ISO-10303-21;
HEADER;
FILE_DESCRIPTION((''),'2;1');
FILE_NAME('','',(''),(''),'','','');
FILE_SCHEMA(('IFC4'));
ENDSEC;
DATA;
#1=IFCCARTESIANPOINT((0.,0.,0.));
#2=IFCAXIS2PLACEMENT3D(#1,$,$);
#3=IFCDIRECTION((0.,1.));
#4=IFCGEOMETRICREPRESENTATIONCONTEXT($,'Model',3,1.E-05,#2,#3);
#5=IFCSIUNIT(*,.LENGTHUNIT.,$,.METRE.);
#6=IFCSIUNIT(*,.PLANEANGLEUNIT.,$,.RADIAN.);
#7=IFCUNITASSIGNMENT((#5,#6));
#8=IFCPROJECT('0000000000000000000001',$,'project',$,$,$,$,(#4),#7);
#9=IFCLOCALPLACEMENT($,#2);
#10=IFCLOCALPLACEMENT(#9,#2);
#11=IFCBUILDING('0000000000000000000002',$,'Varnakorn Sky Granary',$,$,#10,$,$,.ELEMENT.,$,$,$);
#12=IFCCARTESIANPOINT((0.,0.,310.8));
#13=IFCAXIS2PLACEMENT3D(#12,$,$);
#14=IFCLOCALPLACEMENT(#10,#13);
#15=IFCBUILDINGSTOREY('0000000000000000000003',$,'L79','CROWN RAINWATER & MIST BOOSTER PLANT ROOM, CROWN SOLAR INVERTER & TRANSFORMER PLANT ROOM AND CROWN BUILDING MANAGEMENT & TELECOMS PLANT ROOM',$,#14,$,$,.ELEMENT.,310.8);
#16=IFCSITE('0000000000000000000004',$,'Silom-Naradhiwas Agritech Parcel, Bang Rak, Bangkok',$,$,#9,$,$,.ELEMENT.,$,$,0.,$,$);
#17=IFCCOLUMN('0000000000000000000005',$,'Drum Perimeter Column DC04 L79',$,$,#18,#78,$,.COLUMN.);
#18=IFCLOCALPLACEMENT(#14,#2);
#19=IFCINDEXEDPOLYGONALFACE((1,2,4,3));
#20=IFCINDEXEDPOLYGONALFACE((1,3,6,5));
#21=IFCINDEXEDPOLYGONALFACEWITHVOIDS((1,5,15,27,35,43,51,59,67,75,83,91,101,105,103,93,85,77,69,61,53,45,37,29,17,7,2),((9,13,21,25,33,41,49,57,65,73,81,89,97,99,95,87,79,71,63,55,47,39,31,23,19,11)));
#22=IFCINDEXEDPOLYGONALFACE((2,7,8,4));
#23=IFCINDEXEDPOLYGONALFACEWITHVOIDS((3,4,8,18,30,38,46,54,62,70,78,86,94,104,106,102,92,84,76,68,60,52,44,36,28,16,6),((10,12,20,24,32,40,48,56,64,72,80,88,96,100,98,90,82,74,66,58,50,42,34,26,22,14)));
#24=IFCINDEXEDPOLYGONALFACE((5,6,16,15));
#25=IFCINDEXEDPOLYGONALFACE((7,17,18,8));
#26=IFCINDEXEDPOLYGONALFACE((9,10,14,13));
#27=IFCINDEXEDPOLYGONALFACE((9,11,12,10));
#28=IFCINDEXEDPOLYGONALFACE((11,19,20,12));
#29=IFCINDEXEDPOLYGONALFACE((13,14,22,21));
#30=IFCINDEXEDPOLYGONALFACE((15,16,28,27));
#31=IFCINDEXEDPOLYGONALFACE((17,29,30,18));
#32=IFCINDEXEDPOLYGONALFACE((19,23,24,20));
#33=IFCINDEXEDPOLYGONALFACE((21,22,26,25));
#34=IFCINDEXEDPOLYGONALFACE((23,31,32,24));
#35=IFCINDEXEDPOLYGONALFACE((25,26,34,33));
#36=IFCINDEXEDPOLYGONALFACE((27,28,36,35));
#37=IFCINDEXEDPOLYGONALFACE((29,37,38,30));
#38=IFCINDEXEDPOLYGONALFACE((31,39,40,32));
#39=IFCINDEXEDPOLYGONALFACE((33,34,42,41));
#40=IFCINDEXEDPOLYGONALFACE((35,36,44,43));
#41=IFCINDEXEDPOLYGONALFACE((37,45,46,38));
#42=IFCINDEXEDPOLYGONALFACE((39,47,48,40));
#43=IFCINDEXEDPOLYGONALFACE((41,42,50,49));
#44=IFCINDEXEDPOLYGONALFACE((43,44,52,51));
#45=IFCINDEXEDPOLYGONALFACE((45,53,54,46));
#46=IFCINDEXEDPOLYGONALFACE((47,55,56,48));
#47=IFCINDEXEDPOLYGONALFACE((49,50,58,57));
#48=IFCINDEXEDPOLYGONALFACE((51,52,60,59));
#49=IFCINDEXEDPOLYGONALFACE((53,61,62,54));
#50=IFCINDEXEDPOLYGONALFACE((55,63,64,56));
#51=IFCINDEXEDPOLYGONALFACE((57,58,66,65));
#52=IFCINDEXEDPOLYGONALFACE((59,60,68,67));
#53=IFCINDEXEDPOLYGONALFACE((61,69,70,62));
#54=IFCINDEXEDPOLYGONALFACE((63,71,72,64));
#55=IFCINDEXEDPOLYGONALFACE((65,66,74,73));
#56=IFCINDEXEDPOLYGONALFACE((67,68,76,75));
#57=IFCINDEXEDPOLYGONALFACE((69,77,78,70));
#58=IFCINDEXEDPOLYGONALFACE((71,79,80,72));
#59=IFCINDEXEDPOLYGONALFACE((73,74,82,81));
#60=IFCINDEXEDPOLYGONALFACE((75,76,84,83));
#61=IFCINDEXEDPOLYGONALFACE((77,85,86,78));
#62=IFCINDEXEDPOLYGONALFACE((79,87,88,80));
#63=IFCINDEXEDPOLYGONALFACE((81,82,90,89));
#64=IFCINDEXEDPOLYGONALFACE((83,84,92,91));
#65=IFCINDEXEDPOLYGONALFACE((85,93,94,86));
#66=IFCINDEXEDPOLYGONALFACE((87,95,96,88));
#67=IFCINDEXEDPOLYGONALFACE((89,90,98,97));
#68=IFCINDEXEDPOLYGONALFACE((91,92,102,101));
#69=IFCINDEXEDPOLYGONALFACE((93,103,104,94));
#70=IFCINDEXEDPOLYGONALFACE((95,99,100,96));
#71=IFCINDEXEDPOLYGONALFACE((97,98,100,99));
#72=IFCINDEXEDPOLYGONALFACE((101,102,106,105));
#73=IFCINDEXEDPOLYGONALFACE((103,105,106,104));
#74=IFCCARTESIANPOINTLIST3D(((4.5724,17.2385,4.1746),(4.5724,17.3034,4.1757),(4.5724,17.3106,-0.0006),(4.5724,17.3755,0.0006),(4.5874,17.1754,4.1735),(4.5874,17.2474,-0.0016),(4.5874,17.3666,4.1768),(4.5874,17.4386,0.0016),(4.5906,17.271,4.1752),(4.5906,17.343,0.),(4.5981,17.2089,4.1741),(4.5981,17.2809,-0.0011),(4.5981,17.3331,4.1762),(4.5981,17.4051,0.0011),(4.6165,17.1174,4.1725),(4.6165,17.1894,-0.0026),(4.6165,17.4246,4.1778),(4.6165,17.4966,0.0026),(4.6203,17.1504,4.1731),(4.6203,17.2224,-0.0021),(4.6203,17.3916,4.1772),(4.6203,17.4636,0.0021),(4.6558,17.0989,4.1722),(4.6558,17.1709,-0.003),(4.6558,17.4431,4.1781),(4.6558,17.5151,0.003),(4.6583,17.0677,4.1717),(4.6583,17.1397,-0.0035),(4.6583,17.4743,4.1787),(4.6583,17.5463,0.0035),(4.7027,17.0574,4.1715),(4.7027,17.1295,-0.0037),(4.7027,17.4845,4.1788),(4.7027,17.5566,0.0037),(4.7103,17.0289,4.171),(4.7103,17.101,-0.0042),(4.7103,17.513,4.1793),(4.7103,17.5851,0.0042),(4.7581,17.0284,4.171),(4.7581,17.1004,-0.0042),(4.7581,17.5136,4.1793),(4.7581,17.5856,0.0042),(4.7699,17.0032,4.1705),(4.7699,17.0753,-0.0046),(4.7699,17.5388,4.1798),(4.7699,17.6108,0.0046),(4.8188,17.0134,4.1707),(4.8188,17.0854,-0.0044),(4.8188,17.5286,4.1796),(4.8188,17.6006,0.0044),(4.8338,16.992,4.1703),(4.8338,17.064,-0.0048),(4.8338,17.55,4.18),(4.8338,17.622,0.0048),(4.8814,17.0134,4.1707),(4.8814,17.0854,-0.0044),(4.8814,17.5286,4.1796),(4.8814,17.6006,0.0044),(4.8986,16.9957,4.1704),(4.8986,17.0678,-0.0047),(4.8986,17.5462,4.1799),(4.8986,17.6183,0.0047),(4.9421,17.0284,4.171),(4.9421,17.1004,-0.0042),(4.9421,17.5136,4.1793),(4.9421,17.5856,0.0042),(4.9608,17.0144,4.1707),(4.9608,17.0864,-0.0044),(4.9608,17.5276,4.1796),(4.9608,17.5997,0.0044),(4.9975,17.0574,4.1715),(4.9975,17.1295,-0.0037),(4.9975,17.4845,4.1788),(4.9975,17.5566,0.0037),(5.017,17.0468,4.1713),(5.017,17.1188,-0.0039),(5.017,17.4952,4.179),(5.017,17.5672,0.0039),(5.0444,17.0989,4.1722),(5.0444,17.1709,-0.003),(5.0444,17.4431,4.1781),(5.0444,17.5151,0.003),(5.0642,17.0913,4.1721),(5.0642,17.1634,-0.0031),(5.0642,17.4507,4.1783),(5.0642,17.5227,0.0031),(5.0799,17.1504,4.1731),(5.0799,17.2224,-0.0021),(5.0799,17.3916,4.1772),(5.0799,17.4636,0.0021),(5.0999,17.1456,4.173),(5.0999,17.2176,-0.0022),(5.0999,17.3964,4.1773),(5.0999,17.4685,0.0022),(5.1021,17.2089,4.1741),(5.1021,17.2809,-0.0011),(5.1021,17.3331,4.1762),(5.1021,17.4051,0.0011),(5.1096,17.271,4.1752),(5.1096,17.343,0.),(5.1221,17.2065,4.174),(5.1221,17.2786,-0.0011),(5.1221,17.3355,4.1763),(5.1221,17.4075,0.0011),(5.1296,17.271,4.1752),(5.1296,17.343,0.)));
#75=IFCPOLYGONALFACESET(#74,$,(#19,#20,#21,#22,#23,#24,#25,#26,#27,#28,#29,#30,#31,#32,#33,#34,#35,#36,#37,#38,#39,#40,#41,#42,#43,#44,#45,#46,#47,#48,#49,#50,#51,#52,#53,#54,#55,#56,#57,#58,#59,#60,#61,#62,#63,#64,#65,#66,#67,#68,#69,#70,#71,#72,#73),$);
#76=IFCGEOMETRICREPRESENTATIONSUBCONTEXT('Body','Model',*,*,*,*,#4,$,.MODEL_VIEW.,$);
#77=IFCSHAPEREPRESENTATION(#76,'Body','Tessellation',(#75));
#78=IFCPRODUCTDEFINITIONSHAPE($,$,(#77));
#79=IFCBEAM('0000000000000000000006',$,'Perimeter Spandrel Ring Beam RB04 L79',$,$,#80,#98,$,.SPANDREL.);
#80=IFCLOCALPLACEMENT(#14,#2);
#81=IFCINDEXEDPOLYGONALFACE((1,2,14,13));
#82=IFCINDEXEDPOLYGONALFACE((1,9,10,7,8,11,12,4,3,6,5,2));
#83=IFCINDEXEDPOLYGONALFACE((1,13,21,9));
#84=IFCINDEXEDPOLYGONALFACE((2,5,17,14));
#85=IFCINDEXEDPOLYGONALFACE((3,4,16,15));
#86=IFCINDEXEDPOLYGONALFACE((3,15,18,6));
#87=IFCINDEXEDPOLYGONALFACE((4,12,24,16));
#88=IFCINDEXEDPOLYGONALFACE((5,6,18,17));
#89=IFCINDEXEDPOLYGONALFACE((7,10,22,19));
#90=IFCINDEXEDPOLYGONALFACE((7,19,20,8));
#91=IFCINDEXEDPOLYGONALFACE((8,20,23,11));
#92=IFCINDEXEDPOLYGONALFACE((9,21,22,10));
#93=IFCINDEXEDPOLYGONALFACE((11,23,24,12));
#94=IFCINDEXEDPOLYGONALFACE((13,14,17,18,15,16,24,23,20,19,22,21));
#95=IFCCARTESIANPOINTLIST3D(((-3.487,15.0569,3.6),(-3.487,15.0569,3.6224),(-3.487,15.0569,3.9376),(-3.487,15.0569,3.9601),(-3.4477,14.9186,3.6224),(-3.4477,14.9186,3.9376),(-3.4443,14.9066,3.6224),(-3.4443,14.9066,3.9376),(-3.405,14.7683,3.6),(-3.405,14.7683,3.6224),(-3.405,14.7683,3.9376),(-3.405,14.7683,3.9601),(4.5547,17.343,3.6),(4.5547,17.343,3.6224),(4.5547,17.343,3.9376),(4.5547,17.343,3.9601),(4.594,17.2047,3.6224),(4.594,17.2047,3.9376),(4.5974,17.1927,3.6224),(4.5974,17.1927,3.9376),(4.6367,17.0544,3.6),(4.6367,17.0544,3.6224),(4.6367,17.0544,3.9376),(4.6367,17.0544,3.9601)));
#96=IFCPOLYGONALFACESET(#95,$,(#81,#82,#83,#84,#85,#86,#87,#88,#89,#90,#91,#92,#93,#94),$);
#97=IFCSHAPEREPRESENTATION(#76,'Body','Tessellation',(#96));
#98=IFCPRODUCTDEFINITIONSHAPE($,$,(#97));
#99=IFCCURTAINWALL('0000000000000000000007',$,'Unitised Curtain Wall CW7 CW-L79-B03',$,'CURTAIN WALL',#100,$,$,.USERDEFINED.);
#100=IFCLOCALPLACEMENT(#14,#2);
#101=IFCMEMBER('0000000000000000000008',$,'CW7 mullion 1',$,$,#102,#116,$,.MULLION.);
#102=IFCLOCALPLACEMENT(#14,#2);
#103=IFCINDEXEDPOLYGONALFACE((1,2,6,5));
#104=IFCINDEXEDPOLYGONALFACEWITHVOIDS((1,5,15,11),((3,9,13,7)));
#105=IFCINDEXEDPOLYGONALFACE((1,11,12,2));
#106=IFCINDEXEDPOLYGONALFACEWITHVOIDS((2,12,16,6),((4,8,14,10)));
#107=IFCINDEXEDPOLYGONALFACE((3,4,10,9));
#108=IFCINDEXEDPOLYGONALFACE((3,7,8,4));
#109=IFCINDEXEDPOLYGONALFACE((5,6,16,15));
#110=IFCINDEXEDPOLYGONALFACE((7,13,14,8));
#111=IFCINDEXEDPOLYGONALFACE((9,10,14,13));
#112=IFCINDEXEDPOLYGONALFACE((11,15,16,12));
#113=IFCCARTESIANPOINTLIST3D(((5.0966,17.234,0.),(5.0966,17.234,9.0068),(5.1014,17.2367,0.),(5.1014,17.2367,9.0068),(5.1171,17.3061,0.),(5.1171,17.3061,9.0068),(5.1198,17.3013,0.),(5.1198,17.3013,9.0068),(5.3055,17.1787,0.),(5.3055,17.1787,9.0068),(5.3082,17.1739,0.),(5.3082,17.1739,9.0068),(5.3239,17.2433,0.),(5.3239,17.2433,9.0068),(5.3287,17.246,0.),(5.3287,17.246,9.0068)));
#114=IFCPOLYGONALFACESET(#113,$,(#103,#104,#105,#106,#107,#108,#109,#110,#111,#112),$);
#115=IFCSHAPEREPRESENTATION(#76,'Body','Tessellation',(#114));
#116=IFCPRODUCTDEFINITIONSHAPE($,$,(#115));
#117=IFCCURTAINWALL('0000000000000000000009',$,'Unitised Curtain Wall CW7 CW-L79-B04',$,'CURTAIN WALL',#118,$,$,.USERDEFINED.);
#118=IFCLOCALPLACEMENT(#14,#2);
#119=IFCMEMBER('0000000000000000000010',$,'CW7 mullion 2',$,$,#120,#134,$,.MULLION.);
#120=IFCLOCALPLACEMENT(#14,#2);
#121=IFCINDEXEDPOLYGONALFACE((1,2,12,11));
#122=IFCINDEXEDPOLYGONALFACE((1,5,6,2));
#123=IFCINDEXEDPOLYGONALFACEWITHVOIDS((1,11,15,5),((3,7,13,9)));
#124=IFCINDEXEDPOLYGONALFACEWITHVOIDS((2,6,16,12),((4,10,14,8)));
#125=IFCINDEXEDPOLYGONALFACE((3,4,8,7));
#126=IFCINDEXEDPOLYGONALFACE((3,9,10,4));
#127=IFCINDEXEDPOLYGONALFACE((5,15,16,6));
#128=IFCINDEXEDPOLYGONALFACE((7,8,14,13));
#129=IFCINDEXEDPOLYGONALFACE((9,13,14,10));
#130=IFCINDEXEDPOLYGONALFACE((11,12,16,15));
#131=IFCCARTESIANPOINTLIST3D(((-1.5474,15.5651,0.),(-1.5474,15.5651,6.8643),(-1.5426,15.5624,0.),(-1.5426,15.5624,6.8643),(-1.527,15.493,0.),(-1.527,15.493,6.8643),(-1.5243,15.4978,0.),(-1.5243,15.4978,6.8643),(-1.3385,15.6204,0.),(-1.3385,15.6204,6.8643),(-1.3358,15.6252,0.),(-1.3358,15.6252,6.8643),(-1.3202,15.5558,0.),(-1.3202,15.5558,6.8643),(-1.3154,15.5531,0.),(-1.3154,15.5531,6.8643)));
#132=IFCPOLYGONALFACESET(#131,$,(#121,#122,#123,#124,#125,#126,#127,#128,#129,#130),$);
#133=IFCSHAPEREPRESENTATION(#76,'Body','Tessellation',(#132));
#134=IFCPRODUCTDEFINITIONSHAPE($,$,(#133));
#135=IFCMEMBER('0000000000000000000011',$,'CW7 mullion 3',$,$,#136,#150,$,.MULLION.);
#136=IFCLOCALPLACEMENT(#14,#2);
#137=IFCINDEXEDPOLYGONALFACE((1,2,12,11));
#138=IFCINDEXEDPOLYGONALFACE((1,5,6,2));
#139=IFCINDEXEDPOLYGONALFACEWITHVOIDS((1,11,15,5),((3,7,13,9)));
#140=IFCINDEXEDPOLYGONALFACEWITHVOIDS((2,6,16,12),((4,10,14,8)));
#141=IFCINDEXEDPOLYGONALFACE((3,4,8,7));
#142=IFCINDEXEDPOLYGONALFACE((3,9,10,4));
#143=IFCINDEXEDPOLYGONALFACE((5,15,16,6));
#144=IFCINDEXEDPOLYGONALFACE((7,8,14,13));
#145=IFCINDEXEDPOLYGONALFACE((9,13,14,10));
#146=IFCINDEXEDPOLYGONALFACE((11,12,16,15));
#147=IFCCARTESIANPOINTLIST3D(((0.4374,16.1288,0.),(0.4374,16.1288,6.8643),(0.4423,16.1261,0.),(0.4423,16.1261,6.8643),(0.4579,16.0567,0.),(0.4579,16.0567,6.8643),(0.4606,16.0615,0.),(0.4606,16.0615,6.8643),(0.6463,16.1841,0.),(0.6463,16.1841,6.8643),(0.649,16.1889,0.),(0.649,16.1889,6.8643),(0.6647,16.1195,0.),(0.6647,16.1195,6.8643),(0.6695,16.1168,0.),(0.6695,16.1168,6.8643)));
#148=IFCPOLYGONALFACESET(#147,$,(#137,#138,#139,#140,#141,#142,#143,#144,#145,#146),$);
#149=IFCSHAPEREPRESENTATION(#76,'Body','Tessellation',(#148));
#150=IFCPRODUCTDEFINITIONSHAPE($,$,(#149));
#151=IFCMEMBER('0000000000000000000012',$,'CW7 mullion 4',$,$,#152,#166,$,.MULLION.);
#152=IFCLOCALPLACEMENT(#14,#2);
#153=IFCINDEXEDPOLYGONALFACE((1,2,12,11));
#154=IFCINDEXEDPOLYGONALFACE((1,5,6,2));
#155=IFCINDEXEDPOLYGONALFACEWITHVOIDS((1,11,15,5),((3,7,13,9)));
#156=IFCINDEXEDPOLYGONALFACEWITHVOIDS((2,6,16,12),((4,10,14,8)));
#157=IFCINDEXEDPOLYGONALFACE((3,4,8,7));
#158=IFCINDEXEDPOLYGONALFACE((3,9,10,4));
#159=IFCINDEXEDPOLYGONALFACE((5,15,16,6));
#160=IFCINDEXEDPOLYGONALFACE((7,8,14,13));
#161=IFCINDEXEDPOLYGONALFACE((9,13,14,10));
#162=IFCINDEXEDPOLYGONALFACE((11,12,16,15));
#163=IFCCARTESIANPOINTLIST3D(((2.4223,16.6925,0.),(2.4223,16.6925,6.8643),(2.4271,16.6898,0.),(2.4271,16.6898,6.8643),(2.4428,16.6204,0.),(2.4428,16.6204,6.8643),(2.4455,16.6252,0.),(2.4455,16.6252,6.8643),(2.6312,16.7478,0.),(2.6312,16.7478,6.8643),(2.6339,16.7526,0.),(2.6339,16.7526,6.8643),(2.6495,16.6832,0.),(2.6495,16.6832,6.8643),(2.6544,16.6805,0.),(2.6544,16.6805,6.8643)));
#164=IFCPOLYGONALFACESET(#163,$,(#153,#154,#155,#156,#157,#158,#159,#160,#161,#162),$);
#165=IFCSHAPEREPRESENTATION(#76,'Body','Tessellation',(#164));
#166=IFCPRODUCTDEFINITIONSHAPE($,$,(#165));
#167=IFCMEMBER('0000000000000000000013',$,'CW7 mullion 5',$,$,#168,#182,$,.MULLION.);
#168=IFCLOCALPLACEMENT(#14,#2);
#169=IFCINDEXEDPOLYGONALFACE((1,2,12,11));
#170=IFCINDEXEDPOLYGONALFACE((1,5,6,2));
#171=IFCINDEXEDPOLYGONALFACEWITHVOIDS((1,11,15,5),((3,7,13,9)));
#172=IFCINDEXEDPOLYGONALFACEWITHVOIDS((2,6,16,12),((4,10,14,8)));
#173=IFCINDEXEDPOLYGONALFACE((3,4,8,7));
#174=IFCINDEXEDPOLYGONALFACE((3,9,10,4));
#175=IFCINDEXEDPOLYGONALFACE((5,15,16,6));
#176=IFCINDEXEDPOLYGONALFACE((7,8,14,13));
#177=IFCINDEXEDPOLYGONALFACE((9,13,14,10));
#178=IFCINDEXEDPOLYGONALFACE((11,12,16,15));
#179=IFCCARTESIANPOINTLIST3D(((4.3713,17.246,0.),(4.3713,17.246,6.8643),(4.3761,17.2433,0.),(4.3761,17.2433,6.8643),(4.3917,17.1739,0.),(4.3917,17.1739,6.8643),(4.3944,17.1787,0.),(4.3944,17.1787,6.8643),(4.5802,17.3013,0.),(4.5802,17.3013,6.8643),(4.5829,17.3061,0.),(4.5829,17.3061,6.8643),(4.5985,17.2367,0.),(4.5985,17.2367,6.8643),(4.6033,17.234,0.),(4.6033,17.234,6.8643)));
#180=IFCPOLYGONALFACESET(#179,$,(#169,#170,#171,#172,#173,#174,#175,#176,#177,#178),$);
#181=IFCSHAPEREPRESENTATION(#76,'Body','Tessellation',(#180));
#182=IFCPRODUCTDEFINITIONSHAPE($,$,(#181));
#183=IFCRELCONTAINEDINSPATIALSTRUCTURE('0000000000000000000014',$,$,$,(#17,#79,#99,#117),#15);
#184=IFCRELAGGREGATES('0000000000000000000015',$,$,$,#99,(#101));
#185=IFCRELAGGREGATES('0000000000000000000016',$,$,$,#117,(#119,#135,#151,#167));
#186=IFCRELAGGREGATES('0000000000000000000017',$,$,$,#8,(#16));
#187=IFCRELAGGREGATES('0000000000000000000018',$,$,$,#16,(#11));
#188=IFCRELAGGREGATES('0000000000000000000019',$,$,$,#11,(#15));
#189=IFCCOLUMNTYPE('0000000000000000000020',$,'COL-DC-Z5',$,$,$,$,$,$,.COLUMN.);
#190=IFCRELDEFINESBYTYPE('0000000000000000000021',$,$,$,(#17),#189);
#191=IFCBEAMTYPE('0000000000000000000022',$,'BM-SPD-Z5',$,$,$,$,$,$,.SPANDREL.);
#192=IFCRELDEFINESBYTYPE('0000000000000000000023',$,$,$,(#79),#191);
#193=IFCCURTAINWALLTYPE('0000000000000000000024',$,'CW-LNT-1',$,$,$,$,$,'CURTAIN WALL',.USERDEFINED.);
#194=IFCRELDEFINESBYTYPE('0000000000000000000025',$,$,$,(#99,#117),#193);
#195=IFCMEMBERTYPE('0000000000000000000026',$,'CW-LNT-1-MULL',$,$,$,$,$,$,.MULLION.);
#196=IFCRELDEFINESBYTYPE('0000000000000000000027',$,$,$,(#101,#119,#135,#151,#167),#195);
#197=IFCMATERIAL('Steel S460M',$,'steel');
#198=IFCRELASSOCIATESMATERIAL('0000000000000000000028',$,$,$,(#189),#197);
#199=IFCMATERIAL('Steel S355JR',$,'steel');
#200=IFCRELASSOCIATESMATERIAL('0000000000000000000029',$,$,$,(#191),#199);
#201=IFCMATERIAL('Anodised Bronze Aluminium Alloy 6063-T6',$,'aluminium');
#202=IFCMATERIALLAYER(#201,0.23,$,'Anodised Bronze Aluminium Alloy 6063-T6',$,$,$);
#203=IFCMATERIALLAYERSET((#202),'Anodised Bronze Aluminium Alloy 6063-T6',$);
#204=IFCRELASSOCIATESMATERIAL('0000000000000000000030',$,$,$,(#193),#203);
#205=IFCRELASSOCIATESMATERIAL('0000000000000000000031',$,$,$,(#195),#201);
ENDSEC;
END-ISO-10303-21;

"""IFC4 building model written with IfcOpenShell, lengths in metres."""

from ifc_helpers import new_model, si_unit, direction, frame, origin, origin_2d, place, context, subcontext, project, spatial, hollow_rectangle, hollow_circle, i_section, extrude, material, layer, layer_set, material_profile, profile_set, type_object, element, aggregate, save


model = new_model("IFC4")

# Units and contexts
model_context = context("Model", 3, precision=1e-05, world=origin(), true_north=direction((0.0, 1.0)))
body_context = subcontext(model_context, "Body", "Model", "MODEL_VIEW")
ifc_project = project(units=[si_unit("LENGTHUNIT", "METRE"), si_unit("PLANEANGLEUNIT", "RADIAN")], contexts=[model_context])

# Site, building, storey
site_placement = place(None, origin())
site = spatial("IfcSite", under=ifc_project, at=site_placement, Name="Silom-Naradhiwas Agritech Parcel, Bang Rak, Bangkok", CompositionType="ELEMENT", RefElevation=0.0)
building_placement = place(site_placement, origin())
building = spatial("IfcBuilding", under=site, at=building_placement, Name="Varnakorn Sky Granary", CompositionType="ELEMENT")
storey_placement = place(building_placement, frame((0.0, 0.0, 310.8)))
storey = spatial("IfcBuildingStorey", under=building, at=storey_placement, Name="L79", Description="CROWN RAINWATER & MIST BOOSTER PLANT ROOM, CROWN SOLAR INVERTER & TRANSFORMER PLANT ROOM AND CROWN BUILDING MANAGEMENT & TELECOMS PLANT ROOM", CompositionType="ELEMENT", Elevation=310.8)

# Column
ifc_material_1 = material(Name="Steel S460M", Category="steel")
ifc_material_profile_1 = material_profile(ifc_material_1, hollow_circle(Radius=0.2795, WallThickness=0.02, at=origin_2d()), Name="CHS 559x20")
ifc_profile_set_1 = profile_set([ifc_material_profile_1], Name="Steel S460M")
column_type = type_object("IfcColumnType", Name="COL-DC-Z5", PredefinedType="COLUMN", material=ifc_profile_set_1)
column_placement = place(storey_placement, frame((4.8501, 17.343, 0.0), z_axis=(0.0, -0.017248, 0.999851), x_axis=(1.0, 0.0, 0.0)))
element("IfcColumn", 1, at=column_placement, inside=storey, type_object=column_type, Name="Drum Perimeter Column DC04 L79", PredefinedType="COLUMN", context=body_context, shape_type="SweptSolid", body=[
    extrude(hollow_circle(Radius=0.2795, WallThickness=0.02, at=origin_2d()), origin(), (0.0, 0.0, 1.0), 4.1758),
])

# Beam
ifc_material_2 = material(Name="Steel S355JR", Category="steel")
ifc_material_profile_2 = material_profile(ifc_material_2, i_section(OverallWidth=0.3, OverallDepth=0.3601, WebThickness=0.0125, FlangeThickness=0.0225, at=origin_2d()), Name="HE 360 B")
ifc_profile_set_2 = profile_set([ifc_material_profile_2], Name="Steel S355JR")
beam_type = type_object("IfcBeamType", Name="BM-SPD-Z5", PredefinedType="SPANDREL", material=ifc_profile_set_2)
beam_placement = place(storey_placement, frame((4.5957, 17.1987, 3.78), z_axis=(-0.961887, -0.273448, 0.0), x_axis=(0.273448, -0.961887, 0.0)))
element("IfcBeam", 2, at=beam_placement, inside=storey, type_object=beam_type, Name="Perimeter Spandrel Ring Beam RB04 L79", PredefinedType="SPANDREL", context=body_context, shape_type="SweptSolid", body=[
    extrude(i_section(OverallWidth=0.3, OverallDepth=0.3601, WebThickness=0.0125, FlangeThickness=0.0225, at=origin_2d()), origin(), (0.0, 0.0, 1.0), 8.3604),
])

# Curtain wall, member
ifc_material_3 = material(Name="Anodised Bronze Aluminium Alloy 6063-T6", Category="aluminium")
ifc_layer_1 = layer(ifc_material_3, 0.23, Name="Anodised Bronze Aluminium Alloy 6063-T6")
ifc_layer_set_1 = layer_set([ifc_layer_1], Name="Anodised Bronze Aluminium Alloy 6063-T6")
curtain_wall_type = type_object("IfcCurtainWallType", Name="CW-LNT-1", ElementType="CURTAIN WALL", PredefinedType="USERDEFINED", material=ifc_layer_set_1)
curtain_wall_1_placement = place(storey_placement, origin())
curtain_wall_1 = element("IfcCurtainWall", 3, at=curtain_wall_1_placement, inside=storey, type_object=curtain_wall_type, Name="Unitised Curtain Wall CW7 CW-L79-B03", ObjectType="CURTAIN WALL", PredefinedType="USERDEFINED")
ifc_material_profile_3 = material_profile(ifc_material_3, hollow_rectangle(XDim=0.075, YDim=0.22, WallThickness=0.0039, at=origin_2d()), Name="ALU MULL 75x220")
ifc_profile_set_3 = profile_set([ifc_material_profile_3], Name="Anodised Bronze Aluminium Alloy 6063-T6")
member_type_1 = type_object("IfcMemberType", Name="CW-LNT-1-MULL", PredefinedType="MULLION", material=ifc_profile_set_3)
member_1_placement = place(storey_placement, frame((5.2126, 17.24, 0.0), z_axis=(0.0, 0.0, 1.0), x_axis=(0.273207, 0.961955, 0.0)))
member_1 = element("IfcMember", 4, at=member_1_placement, type_object=member_type_1, Name="CW7 mullion 1", PredefinedType="MULLION", context=body_context, shape_type="SweptSolid", body=[
    extrude(hollow_rectangle(XDim=0.075, YDim=0.22, WallThickness=0.0039, at=origin_2d()), origin(), (0.0, 0.0, 1.0), 9.0068),
])

# Curtain wall, members
curtain_wall_2_placement = place(storey_placement, origin())
curtain_wall_2 = element("IfcCurtainWall", 5, at=curtain_wall_2_placement, inside=storey, type_object=curtain_wall_type, Name="Unitised Curtain Wall CW7 CW-L79-B04", ObjectType="CURTAIN WALL", PredefinedType="USERDEFINED")
member_2_placement = place(storey_placement, frame((-1.4314, 15.5591, 0.0), z_axis=(0.0, 0.0, 1.0), x_axis=(-0.273207, 0.961955, 0.0)))
member_2 = element("IfcMember", 6, at=member_2_placement, type_object=member_type_1, Name="CW7 mullion 2", PredefinedType="MULLION", context=body_context, shape_type="SweptSolid", body=[
    extrude(hollow_rectangle(XDim=0.075, YDim=0.22, WallThickness=0.0039, at=origin_2d()), origin(), (0.0, 0.0, 1.0), 6.8643),
])
member_3_placement = place(storey_placement, frame((0.5535, 16.1228, 0.0), z_axis=(0.0, 0.0, 1.0), x_axis=(-0.273207, 0.961955, 0.0)))
member_3 = element("IfcMember", 7, at=member_3_placement, type_object=member_type_1, Name="CW7 mullion 3", PredefinedType="MULLION", context=body_context, shape_type="SweptSolid", body=[
    extrude(hollow_rectangle(XDim=0.075, YDim=0.22, WallThickness=0.0039, at=origin_2d()), origin(), (0.0, 0.0, 1.0), 6.8643),
])
member_4_placement = place(storey_placement, frame((2.5383, 16.6865, 0.0), z_axis=(0.0, 0.0, 1.0), x_axis=(-0.273207, 0.961955, 0.0)))
member_4 = element("IfcMember", 8, at=member_4_placement, type_object=member_type_1, Name="CW7 mullion 4", PredefinedType="MULLION", context=body_context, shape_type="SweptSolid", body=[
    extrude(hollow_rectangle(XDim=0.075, YDim=0.22, WallThickness=0.0039, at=origin_2d()), origin(), (0.0, 0.0, 1.0), 6.8643),
])
member_5_placement = place(storey_placement, frame((4.4873, 17.24, 0.0), z_axis=(0.0, 0.0, 1.0), x_axis=(-0.273207, 0.961955, 0.0)))
member_5 = element("IfcMember", 9, at=member_5_placement, type_object=member_type_1, Name="CW7 mullion 5", PredefinedType="MULLION", context=body_context, shape_type="SweptSolid", body=[
    extrude(hollow_rectangle(XDim=0.075, YDim=0.22, WallThickness=0.0039, at=origin_2d()), origin(), (0.0, 0.0, 1.0), 6.8643),
])

aggregate(curtain_wall_1, [member_1])

aggregate(curtain_wall_2, [member_2, member_3, member_4, member_5])

save(model, "model.ifc")
